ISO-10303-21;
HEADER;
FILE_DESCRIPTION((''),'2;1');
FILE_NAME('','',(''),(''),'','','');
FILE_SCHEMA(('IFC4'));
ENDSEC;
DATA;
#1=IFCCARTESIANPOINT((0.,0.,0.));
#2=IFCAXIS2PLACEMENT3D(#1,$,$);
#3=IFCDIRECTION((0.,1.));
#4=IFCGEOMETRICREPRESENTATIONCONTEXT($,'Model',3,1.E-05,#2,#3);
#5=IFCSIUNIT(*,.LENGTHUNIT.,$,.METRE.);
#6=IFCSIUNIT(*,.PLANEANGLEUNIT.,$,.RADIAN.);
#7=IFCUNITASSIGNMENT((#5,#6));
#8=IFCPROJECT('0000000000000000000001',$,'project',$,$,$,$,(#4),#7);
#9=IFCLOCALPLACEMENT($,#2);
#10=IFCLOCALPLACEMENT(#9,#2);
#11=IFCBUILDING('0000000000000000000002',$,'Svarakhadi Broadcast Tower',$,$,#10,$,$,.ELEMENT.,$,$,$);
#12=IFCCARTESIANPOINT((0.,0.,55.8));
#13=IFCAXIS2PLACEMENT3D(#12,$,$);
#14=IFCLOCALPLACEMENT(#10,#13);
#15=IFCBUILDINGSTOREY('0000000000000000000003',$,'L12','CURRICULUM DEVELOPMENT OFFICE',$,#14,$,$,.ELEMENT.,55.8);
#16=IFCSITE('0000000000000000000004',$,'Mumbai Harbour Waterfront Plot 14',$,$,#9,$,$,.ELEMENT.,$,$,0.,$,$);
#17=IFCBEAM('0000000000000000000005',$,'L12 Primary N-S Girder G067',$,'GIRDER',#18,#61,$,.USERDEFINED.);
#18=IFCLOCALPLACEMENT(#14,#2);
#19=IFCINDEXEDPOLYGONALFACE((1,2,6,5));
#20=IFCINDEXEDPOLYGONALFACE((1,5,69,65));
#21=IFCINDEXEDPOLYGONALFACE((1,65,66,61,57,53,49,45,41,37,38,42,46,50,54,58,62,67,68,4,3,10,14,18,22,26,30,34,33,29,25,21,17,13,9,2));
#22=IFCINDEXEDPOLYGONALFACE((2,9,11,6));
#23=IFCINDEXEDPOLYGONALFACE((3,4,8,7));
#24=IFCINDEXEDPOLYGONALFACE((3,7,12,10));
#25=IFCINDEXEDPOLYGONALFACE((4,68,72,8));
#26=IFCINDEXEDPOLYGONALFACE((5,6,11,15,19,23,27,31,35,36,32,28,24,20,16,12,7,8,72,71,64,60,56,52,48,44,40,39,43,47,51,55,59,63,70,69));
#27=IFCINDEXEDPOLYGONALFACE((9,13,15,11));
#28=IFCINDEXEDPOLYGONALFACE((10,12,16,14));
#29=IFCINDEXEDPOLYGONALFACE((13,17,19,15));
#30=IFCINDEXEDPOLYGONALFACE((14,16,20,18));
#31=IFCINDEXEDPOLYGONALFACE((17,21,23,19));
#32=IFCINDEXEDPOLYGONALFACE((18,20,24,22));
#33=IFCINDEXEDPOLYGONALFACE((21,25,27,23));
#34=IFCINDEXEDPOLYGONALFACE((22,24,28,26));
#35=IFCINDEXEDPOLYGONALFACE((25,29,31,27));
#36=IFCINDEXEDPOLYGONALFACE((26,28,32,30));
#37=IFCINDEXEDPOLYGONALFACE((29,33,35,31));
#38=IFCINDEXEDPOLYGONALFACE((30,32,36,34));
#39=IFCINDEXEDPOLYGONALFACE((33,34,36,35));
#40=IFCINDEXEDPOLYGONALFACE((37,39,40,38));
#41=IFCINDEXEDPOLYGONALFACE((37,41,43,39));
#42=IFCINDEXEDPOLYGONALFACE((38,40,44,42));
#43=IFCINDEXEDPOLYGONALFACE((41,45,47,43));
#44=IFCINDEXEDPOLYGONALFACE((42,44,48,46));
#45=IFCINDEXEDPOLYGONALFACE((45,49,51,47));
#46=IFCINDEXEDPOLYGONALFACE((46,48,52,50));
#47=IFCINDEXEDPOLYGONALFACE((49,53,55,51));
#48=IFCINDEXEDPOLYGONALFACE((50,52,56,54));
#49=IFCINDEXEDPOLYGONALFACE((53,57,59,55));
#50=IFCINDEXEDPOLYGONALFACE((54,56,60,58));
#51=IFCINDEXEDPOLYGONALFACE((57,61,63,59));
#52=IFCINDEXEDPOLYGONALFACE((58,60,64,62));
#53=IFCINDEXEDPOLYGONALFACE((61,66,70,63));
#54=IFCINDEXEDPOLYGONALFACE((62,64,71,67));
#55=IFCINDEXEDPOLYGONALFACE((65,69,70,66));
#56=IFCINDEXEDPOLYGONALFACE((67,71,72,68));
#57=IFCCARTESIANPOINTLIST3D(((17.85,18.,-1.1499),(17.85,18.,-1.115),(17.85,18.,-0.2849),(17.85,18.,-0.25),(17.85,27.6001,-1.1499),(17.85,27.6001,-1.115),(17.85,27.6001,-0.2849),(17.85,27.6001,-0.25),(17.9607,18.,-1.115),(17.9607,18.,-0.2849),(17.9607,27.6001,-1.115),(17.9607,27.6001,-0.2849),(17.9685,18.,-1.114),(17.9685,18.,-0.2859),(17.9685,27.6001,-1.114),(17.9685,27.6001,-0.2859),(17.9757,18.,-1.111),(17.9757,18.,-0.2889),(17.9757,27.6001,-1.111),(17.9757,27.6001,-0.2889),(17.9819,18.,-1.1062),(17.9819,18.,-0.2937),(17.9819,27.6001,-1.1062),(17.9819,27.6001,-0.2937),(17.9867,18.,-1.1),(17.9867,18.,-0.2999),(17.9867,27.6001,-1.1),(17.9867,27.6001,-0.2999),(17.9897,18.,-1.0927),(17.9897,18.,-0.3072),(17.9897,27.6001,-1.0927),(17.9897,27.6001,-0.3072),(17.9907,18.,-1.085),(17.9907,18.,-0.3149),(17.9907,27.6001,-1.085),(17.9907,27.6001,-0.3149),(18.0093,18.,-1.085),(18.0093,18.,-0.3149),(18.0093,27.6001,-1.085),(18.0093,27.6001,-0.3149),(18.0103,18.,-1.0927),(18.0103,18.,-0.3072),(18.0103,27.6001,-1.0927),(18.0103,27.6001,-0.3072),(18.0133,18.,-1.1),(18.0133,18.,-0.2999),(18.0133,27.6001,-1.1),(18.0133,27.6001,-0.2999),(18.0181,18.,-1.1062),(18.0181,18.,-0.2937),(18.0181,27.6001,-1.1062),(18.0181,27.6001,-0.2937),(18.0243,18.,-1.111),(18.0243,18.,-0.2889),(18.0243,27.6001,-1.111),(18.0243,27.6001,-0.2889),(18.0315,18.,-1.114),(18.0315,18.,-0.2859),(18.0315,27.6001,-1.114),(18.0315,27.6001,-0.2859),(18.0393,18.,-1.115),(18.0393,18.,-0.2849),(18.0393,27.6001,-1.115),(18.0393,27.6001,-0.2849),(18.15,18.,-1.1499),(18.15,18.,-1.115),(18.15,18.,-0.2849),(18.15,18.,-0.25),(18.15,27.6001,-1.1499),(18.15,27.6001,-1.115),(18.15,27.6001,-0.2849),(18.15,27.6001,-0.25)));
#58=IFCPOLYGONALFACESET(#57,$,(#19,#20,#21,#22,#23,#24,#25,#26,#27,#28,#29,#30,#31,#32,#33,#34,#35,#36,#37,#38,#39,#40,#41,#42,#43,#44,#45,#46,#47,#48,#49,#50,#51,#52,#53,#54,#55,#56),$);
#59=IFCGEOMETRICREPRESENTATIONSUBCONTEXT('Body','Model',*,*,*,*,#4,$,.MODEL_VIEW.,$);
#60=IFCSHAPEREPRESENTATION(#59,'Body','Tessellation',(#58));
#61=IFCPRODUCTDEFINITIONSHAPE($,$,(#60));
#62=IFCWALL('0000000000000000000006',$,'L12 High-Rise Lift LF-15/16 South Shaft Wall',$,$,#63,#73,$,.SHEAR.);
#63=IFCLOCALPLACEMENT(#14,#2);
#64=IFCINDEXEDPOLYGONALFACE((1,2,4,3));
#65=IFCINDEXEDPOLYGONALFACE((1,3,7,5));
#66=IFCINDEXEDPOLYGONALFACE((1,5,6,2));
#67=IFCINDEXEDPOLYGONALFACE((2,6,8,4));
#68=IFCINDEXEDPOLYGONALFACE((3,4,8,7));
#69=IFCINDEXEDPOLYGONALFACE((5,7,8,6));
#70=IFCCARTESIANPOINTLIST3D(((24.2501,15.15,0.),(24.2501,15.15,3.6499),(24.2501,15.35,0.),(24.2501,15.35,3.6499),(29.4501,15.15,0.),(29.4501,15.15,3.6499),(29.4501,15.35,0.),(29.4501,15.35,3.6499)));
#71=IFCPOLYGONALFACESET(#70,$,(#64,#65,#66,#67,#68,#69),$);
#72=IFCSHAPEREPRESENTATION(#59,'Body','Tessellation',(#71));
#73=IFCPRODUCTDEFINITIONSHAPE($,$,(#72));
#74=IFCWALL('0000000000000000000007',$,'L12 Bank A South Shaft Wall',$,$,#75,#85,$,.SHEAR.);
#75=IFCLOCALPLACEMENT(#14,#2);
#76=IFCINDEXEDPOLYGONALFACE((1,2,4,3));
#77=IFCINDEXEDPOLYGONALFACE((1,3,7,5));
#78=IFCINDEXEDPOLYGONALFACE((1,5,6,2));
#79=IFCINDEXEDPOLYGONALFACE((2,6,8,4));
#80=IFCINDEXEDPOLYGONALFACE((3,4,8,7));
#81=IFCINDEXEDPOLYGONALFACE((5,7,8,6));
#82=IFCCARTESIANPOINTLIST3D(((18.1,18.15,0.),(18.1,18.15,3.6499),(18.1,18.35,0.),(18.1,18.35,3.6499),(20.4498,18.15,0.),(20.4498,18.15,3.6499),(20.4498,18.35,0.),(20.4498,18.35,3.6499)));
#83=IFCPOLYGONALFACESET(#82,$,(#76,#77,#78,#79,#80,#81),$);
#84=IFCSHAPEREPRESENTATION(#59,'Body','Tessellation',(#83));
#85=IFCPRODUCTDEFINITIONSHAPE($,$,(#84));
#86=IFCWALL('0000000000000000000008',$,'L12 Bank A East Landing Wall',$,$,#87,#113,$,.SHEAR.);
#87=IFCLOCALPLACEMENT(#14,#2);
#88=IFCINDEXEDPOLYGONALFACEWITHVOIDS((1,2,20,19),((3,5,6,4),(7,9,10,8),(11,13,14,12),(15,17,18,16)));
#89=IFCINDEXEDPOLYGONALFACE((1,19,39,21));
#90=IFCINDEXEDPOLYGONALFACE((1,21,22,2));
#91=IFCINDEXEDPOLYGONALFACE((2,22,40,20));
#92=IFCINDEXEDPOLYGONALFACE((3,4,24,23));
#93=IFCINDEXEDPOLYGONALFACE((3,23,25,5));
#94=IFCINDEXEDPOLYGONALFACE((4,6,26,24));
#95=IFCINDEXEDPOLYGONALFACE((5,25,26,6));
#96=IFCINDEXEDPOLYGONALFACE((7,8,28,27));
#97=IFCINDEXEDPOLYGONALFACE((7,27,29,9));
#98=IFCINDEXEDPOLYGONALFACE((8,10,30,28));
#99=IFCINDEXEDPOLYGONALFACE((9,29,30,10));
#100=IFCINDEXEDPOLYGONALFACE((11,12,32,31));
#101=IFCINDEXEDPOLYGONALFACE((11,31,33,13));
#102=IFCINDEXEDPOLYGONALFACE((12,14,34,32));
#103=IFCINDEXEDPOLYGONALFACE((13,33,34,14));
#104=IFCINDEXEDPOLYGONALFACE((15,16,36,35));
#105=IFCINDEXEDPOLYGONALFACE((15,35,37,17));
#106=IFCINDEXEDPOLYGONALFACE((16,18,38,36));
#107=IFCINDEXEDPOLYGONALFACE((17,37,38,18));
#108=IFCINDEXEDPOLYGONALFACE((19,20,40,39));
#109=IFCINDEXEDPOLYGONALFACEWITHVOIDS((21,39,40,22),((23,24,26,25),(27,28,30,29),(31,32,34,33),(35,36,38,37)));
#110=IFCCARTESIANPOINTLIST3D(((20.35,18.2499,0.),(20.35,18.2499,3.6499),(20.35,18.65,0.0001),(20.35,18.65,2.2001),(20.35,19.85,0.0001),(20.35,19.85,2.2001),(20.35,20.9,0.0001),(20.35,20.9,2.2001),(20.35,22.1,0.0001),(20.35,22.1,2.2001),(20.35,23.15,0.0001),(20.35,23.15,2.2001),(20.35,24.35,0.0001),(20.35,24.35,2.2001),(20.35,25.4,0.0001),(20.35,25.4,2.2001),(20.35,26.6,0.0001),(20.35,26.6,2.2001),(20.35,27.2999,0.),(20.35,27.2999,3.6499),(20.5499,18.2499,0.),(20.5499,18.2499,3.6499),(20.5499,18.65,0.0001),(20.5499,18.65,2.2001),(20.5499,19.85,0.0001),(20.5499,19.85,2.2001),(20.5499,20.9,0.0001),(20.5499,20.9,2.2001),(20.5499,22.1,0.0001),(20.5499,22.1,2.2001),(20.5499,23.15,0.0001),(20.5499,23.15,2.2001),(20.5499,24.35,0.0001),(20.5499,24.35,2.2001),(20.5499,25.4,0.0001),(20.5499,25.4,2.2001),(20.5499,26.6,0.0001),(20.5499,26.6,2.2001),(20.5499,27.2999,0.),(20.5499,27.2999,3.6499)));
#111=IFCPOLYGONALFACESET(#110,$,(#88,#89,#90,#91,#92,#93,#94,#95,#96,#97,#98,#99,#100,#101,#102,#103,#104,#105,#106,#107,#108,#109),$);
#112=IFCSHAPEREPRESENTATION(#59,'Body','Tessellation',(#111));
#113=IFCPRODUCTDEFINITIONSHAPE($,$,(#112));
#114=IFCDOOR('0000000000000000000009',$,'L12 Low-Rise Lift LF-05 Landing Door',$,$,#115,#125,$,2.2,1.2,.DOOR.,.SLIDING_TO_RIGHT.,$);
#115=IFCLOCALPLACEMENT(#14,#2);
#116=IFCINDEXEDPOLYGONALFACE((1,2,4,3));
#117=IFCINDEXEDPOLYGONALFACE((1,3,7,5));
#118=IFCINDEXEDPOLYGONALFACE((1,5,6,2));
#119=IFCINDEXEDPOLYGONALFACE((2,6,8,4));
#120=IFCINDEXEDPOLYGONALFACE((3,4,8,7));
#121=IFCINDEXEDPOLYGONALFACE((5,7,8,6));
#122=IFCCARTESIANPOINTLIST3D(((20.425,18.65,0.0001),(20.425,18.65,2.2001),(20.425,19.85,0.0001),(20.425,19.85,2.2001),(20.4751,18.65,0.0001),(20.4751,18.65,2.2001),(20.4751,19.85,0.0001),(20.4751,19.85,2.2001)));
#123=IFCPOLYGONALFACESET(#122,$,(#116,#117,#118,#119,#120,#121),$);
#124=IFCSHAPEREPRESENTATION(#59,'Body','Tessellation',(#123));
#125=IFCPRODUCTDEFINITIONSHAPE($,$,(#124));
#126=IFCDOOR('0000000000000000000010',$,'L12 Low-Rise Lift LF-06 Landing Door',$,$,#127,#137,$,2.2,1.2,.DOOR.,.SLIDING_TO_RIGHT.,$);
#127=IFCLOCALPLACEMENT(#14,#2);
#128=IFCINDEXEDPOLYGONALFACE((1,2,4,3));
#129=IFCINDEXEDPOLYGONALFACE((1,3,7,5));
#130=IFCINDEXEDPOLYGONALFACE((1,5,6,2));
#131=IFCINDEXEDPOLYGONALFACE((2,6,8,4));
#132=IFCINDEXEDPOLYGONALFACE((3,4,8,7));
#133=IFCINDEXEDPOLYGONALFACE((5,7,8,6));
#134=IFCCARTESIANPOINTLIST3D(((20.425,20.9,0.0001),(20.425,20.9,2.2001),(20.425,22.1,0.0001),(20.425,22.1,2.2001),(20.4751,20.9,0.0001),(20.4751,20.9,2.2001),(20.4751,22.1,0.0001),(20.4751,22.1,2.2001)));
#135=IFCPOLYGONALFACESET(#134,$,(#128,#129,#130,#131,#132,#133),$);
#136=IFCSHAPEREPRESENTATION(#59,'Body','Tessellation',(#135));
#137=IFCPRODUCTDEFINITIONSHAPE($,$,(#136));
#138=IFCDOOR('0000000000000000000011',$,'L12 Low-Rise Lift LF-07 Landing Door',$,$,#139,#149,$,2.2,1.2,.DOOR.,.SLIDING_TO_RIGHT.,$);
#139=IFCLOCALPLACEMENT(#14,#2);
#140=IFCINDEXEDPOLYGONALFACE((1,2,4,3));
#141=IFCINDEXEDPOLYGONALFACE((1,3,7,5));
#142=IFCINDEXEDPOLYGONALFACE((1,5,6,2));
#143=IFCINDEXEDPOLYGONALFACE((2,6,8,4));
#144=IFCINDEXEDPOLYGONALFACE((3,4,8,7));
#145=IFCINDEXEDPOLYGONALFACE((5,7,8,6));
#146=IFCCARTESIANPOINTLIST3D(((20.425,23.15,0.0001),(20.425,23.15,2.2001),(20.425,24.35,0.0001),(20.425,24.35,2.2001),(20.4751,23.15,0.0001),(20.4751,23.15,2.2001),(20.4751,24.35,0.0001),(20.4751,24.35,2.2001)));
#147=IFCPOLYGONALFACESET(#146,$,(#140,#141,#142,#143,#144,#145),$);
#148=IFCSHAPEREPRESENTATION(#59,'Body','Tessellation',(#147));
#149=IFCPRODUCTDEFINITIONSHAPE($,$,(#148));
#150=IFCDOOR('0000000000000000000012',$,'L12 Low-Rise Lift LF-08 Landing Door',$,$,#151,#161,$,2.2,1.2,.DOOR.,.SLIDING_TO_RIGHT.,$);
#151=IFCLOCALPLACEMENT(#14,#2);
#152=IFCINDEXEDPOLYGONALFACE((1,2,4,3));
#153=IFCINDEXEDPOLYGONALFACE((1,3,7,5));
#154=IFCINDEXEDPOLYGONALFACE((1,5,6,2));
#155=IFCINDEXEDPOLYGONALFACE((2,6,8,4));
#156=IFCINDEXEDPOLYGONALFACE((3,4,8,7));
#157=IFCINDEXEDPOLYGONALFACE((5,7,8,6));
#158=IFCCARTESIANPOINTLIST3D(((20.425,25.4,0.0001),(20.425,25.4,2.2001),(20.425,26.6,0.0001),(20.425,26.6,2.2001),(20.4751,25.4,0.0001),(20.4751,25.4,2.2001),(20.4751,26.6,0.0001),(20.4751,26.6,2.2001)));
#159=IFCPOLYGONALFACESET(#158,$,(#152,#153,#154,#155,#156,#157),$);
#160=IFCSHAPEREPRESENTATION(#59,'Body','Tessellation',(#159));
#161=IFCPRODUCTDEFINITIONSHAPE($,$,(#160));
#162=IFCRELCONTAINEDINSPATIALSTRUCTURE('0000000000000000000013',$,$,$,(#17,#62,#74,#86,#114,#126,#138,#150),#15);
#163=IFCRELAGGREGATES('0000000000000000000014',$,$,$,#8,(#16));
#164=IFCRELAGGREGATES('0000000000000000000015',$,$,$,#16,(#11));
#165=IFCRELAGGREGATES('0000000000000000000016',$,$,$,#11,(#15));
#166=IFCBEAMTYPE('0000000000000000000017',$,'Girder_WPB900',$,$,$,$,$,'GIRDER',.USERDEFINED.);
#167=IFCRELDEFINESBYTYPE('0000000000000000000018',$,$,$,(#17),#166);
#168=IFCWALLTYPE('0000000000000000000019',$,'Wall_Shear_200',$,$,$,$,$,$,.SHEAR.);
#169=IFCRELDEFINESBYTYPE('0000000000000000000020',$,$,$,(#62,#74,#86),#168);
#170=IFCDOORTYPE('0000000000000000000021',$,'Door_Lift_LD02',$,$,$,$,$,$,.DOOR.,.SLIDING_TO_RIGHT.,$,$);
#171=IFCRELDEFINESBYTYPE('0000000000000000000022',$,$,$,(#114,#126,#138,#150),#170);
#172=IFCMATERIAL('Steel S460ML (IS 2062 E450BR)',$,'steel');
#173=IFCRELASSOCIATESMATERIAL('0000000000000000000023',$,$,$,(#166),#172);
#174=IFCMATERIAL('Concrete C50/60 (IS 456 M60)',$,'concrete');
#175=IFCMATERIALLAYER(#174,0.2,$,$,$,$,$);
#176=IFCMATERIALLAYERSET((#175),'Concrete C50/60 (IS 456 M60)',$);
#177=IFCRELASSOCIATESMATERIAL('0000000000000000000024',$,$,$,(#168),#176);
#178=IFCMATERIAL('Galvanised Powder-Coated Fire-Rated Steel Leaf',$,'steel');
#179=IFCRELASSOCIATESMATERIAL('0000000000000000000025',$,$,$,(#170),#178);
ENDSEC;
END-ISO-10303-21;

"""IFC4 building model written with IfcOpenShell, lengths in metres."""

from ifc_helpers import new_model, si_unit, direction, frame, frame_2d, origin, origin_2d, place, context, subcontext, project, spatial, rectangle, i_section, extrude, material, layer, layer_set, material_profile, profile_set, type_object, element, fill, save


model = new_model("IFC4")

# Units and contexts
model_context = context("Model", 3, precision=1e-05, world=origin(), true_north=direction((0.0, 1.0)))
body_context = subcontext(model_context, "Body", "Model", "MODEL_VIEW")
ifc_project = project(units=[si_unit("LENGTHUNIT", "METRE"), si_unit("PLANEANGLEUNIT", "RADIAN")], contexts=[model_context])

# Site, building, storey
site_placement = place(None, origin())
site = spatial("IfcSite", under=ifc_project, at=site_placement, Name="Mumbai Harbour Waterfront Plot 14", CompositionType="ELEMENT", RefElevation=0.0)
building_placement = place(site_placement, origin())
building = spatial("IfcBuilding", under=site, at=building_placement, Name="Svarakhadi Broadcast Tower", CompositionType="ELEMENT")
storey_placement = place(building_placement, frame((0.0, 0.0, 55.8)))
storey = spatial("IfcBuildingStorey", under=building, at=storey_placement, Name="L12", Description="CURRICULUM DEVELOPMENT OFFICE", CompositionType="ELEMENT", Elevation=55.8)

# Beam
ifc_material_1 = material(Name="Steel S460ML (IS 2062 E450BR)", Category="steel")
ifc_material_profile_1 = material_profile(ifc_material_1, i_section(OverallWidth=0.3, OverallDepth=0.8999, WebThickness=0.0186, FlangeThickness=0.0349, FilletRadius=0.03, at=origin_2d()), Name="WPB 900x300x291")
ifc_profile_set_1 = profile_set([ifc_material_profile_1], Name="Steel S460ML (IS 2062 E450BR)")
beam_type_1 = type_object("IfcBeamType", Name="Girder_WPB900", ElementType="GIRDER", PredefinedType="USERDEFINED", material=ifc_profile_set_1)
for number, where, z_axis, x_axis, name in (
    (1, (18.0, 18.0, -0.7), (0.0, 1.0, 0.0), (-1.0, 0.0, 0.0), "L12 Primary N-S Girder G067"),
):
    element("IfcBeam", number, at=place(storey_placement, frame(where, z_axis=z_axis, x_axis=x_axis)), inside=storey, type_object=beam_type_1, Name=name, ObjectType="GIRDER", PredefinedType="USERDEFINED", context=body_context, shape_type="SweptSolid", body=[
        extrude(i_section(OverallWidth=0.3, OverallDepth=0.8999, WebThickness=0.0186, FlangeThickness=0.0349, FilletRadius=0.03, at=origin_2d()), origin(), (0.0, 0.0, 1.0), 9.6001),
    ])

# Walls
ifc_material_2 = material(Name="Concrete C50/60 (IS 456 M60)", Category="concrete")
ifc_layer_1 = layer(ifc_material_2, 0.2)
ifc_layer_set_1 = layer_set([ifc_layer_1], Name="Concrete C50/60 (IS 456 M60)")
wall_type_1 = type_object("IfcWallType", Name="Wall_Shear_200", PredefinedType="SHEAR", material=ifc_layer_set_1)
wall_1_placement = place(storey_placement, frame((24.25, 15.25, 0.0), z_axis=(0.0, 0.0, 1.0), x_axis=(1.0, 0.0, 0.0)))
element("IfcWall", 2, at=wall_1_placement, inside=storey, type_object=wall_type_1, Name="L12 High-Rise Lift LF-15/16 South Shaft Wall", PredefinedType="SHEAR", context=body_context, shape_type="SweptSolid", body=[
    extrude(rectangle(XDim=5.2, YDim=0.2, at=frame_2d((2.6001, 0.0))), origin(), (0.0, 0.0, 1.0), 3.6499),
])
wall_2_placement = place(storey_placement, frame((18.1001, 18.25, 0.0), z_axis=(0.0, 0.0, 1.0), x_axis=(1.0, 0.0, 0.0)))
element("IfcWall", 3, at=wall_2_placement, inside=storey, type_object=wall_type_1, Name="L12 Bank A South Shaft Wall", PredefinedType="SHEAR", context=body_context, shape_type="SweptSolid", body=[
    extrude(rectangle(XDim=2.3499, YDim=0.2, at=frame_2d((1.1748, 0.0))), origin(), (0.0, 0.0, 1.0), 3.6499),
])

# Wall, openings, doors
wall_3_placement = place(storey_placement, frame((20.45, 18.25, 0.0), z_axis=(0.0, 0.0, 1.0), x_axis=(0.0, 1.0, 0.0)))
wall_3 = element("IfcWall", 4, at=wall_3_placement, inside=storey, type_object=wall_type_1, Name="L12 Bank A East Landing Wall", PredefinedType="SHEAR", context=body_context, shape_type="SweptSolid", body=[
    extrude(rectangle(XDim=9.05, YDim=0.2, at=frame_2d((4.5249, 0.0))), origin(), (0.0, 0.0, 1.0), 3.6499),
])
opening_1_placement = place(wall_3_placement, frame((0.3999, 0.0, 0.0)))
opening_1 = element("IfcOpeningElement", 5, at=opening_1_placement, cuts=wall_3, PredefinedType="OPENING", context=body_context, shape_type="SweptSolid", body=[
    extrude(rectangle(XDim=1.2, YDim=2.2, at=frame_2d((0.6001, 1.1001))), frame((0.0, 0.1099, 0.0), z_axis=(0.0, -1.0, 0.0), x_axis=(1.0, 0.0, 0.0)), (0.0, 0.0, 1.0), 0.22),
])
opening_2_placement = place(wall_3_placement, frame((2.6499, 0.0, 0.0)))
opening_2 = element("IfcOpeningElement", 6, at=opening_2_placement, cuts=wall_3, PredefinedType="OPENING", context=body_context, shape_type="SweptSolid", body=[
    extrude(rectangle(XDim=1.2, YDim=2.2, at=frame_2d((0.6001, 1.1001))), frame((0.0, 0.1099, 0.0), z_axis=(0.0, -1.0, 0.0), x_axis=(1.0, 0.0, 0.0)), (0.0, 0.0, 1.0), 0.22),
])
opening_3_placement = place(wall_3_placement, frame((4.8999, 0.0, 0.0)))
opening_3 = element("IfcOpeningElement", 7, at=opening_3_placement, cuts=wall_3, PredefinedType="OPENING", context=body_context, shape_type="SweptSolid", body=[
    extrude(rectangle(XDim=1.2, YDim=2.2, at=frame_2d((0.6001, 1.1001))), frame((0.0, 0.1099, 0.0), z_axis=(0.0, -1.0, 0.0), x_axis=(1.0, 0.0, 0.0)), (0.0, 0.0, 1.0), 0.22),
])
opening_4_placement = place(wall_3_placement, frame((7.1499, 0.0, 0.0)))
opening_4 = element("IfcOpeningElement", 8, at=opening_4_placement, cuts=wall_3, PredefinedType="OPENING", context=body_context, shape_type="SweptSolid", body=[
    extrude(rectangle(XDim=1.2, YDim=2.2, at=frame_2d((0.6001, 1.1001))), frame((0.0, 0.1099, 0.0), z_axis=(0.0, -1.0, 0.0), x_axis=(1.0, 0.0, 0.0)), (0.0, 0.0, 1.0), 0.22),
])
ifc_material_3 = material(Name="Galvanised Powder-Coated Fire-Rated Steel Leaf", Category="steel")
door_type_1 = type_object("IfcDoorType", Name="Door_Lift_LD02", OperationType="SLIDING_TO_RIGHT", PredefinedType="DOOR", material=ifc_material_3)
door_1_placement = place(opening_1_placement, origin())
door_1 = element("IfcDoor", 9, at=door_1_placement, inside=storey, type_object=door_type_1, Name="L12 Low-Rise Lift LF-05 Landing Door", OperationType="SLIDING_TO_RIGHT", OverallHeight=2.2, OverallWidth=1.2, PredefinedType="DOOR", context=body_context, shape_type="SweptSolid", body=[
    extrude(rectangle(XDim=1.2, YDim=2.2, at=frame_2d((0.6001, 1.1001))), frame((0.0, 0.0249, 0.0), z_axis=(0.0, -1.0, 0.0), x_axis=(1.0, 0.0, 0.0)), (0.0, 0.0, 1.0), 0.05),
])
fill(opening_1, door_1)
door_2_placement = place(opening_2_placement, origin())
door_2 = element("IfcDoor", 10, at=door_2_placement, inside=storey, type_object=door_type_1, Name="L12 Low-Rise Lift LF-06 Landing Door", OperationType="SLIDING_TO_RIGHT", OverallHeight=2.2, OverallWidth=1.2, PredefinedType="DOOR", context=body_context, shape_type="SweptSolid", body=[
    extrude(rectangle(XDim=1.2, YDim=2.2, at=frame_2d((0.6001, 1.1001))), frame((0.0, 0.0249, 0.0), z_axis=(0.0, -1.0, 0.0), x_axis=(1.0, 0.0, 0.0)), (0.0, 0.0, 1.0), 0.05),
])
fill(opening_2, door_2)
door_3_placement = place(opening_3_placement, origin())
door_3 = element("IfcDoor", 11, at=door_3_placement, inside=storey, type_object=door_type_1, Name="L12 Low-Rise Lift LF-07 Landing Door", OperationType="SLIDING_TO_RIGHT", OverallHeight=2.2, OverallWidth=1.2, PredefinedType="DOOR", context=body_context, shape_type="SweptSolid", body=[
    extrude(rectangle(XDim=1.2, YDim=2.2, at=frame_2d((0.6001, 1.1001))), frame((0.0, 0.0249, 0.0), z_axis=(0.0, -1.0, 0.0), x_axis=(1.0, 0.0, 0.0)), (0.0, 0.0, 1.0), 0.05),
])
fill(opening_3, door_3)
door_4_placement = place(opening_4_placement, origin())
door_4 = element("IfcDoor", 12, at=door_4_placement, inside=storey, type_object=door_type_1, Name="L12 Low-Rise Lift LF-08 Landing Door", OperationType="SLIDING_TO_RIGHT", OverallHeight=2.2, OverallWidth=1.2, PredefinedType="DOOR", context=body_context, shape_type="SweptSolid", body=[
    extrude(rectangle(XDim=1.2, YDim=2.2, at=frame_2d((0.6001, 1.1001))), frame((0.0, 0.0249, 0.0), z_axis=(0.0, -1.0, 0.0), x_axis=(1.0, 0.0, 0.0)), (0.0, 0.0, 1.0), 0.05),
])
fill(opening_4, door_4)

save(model, "model.ifc")
